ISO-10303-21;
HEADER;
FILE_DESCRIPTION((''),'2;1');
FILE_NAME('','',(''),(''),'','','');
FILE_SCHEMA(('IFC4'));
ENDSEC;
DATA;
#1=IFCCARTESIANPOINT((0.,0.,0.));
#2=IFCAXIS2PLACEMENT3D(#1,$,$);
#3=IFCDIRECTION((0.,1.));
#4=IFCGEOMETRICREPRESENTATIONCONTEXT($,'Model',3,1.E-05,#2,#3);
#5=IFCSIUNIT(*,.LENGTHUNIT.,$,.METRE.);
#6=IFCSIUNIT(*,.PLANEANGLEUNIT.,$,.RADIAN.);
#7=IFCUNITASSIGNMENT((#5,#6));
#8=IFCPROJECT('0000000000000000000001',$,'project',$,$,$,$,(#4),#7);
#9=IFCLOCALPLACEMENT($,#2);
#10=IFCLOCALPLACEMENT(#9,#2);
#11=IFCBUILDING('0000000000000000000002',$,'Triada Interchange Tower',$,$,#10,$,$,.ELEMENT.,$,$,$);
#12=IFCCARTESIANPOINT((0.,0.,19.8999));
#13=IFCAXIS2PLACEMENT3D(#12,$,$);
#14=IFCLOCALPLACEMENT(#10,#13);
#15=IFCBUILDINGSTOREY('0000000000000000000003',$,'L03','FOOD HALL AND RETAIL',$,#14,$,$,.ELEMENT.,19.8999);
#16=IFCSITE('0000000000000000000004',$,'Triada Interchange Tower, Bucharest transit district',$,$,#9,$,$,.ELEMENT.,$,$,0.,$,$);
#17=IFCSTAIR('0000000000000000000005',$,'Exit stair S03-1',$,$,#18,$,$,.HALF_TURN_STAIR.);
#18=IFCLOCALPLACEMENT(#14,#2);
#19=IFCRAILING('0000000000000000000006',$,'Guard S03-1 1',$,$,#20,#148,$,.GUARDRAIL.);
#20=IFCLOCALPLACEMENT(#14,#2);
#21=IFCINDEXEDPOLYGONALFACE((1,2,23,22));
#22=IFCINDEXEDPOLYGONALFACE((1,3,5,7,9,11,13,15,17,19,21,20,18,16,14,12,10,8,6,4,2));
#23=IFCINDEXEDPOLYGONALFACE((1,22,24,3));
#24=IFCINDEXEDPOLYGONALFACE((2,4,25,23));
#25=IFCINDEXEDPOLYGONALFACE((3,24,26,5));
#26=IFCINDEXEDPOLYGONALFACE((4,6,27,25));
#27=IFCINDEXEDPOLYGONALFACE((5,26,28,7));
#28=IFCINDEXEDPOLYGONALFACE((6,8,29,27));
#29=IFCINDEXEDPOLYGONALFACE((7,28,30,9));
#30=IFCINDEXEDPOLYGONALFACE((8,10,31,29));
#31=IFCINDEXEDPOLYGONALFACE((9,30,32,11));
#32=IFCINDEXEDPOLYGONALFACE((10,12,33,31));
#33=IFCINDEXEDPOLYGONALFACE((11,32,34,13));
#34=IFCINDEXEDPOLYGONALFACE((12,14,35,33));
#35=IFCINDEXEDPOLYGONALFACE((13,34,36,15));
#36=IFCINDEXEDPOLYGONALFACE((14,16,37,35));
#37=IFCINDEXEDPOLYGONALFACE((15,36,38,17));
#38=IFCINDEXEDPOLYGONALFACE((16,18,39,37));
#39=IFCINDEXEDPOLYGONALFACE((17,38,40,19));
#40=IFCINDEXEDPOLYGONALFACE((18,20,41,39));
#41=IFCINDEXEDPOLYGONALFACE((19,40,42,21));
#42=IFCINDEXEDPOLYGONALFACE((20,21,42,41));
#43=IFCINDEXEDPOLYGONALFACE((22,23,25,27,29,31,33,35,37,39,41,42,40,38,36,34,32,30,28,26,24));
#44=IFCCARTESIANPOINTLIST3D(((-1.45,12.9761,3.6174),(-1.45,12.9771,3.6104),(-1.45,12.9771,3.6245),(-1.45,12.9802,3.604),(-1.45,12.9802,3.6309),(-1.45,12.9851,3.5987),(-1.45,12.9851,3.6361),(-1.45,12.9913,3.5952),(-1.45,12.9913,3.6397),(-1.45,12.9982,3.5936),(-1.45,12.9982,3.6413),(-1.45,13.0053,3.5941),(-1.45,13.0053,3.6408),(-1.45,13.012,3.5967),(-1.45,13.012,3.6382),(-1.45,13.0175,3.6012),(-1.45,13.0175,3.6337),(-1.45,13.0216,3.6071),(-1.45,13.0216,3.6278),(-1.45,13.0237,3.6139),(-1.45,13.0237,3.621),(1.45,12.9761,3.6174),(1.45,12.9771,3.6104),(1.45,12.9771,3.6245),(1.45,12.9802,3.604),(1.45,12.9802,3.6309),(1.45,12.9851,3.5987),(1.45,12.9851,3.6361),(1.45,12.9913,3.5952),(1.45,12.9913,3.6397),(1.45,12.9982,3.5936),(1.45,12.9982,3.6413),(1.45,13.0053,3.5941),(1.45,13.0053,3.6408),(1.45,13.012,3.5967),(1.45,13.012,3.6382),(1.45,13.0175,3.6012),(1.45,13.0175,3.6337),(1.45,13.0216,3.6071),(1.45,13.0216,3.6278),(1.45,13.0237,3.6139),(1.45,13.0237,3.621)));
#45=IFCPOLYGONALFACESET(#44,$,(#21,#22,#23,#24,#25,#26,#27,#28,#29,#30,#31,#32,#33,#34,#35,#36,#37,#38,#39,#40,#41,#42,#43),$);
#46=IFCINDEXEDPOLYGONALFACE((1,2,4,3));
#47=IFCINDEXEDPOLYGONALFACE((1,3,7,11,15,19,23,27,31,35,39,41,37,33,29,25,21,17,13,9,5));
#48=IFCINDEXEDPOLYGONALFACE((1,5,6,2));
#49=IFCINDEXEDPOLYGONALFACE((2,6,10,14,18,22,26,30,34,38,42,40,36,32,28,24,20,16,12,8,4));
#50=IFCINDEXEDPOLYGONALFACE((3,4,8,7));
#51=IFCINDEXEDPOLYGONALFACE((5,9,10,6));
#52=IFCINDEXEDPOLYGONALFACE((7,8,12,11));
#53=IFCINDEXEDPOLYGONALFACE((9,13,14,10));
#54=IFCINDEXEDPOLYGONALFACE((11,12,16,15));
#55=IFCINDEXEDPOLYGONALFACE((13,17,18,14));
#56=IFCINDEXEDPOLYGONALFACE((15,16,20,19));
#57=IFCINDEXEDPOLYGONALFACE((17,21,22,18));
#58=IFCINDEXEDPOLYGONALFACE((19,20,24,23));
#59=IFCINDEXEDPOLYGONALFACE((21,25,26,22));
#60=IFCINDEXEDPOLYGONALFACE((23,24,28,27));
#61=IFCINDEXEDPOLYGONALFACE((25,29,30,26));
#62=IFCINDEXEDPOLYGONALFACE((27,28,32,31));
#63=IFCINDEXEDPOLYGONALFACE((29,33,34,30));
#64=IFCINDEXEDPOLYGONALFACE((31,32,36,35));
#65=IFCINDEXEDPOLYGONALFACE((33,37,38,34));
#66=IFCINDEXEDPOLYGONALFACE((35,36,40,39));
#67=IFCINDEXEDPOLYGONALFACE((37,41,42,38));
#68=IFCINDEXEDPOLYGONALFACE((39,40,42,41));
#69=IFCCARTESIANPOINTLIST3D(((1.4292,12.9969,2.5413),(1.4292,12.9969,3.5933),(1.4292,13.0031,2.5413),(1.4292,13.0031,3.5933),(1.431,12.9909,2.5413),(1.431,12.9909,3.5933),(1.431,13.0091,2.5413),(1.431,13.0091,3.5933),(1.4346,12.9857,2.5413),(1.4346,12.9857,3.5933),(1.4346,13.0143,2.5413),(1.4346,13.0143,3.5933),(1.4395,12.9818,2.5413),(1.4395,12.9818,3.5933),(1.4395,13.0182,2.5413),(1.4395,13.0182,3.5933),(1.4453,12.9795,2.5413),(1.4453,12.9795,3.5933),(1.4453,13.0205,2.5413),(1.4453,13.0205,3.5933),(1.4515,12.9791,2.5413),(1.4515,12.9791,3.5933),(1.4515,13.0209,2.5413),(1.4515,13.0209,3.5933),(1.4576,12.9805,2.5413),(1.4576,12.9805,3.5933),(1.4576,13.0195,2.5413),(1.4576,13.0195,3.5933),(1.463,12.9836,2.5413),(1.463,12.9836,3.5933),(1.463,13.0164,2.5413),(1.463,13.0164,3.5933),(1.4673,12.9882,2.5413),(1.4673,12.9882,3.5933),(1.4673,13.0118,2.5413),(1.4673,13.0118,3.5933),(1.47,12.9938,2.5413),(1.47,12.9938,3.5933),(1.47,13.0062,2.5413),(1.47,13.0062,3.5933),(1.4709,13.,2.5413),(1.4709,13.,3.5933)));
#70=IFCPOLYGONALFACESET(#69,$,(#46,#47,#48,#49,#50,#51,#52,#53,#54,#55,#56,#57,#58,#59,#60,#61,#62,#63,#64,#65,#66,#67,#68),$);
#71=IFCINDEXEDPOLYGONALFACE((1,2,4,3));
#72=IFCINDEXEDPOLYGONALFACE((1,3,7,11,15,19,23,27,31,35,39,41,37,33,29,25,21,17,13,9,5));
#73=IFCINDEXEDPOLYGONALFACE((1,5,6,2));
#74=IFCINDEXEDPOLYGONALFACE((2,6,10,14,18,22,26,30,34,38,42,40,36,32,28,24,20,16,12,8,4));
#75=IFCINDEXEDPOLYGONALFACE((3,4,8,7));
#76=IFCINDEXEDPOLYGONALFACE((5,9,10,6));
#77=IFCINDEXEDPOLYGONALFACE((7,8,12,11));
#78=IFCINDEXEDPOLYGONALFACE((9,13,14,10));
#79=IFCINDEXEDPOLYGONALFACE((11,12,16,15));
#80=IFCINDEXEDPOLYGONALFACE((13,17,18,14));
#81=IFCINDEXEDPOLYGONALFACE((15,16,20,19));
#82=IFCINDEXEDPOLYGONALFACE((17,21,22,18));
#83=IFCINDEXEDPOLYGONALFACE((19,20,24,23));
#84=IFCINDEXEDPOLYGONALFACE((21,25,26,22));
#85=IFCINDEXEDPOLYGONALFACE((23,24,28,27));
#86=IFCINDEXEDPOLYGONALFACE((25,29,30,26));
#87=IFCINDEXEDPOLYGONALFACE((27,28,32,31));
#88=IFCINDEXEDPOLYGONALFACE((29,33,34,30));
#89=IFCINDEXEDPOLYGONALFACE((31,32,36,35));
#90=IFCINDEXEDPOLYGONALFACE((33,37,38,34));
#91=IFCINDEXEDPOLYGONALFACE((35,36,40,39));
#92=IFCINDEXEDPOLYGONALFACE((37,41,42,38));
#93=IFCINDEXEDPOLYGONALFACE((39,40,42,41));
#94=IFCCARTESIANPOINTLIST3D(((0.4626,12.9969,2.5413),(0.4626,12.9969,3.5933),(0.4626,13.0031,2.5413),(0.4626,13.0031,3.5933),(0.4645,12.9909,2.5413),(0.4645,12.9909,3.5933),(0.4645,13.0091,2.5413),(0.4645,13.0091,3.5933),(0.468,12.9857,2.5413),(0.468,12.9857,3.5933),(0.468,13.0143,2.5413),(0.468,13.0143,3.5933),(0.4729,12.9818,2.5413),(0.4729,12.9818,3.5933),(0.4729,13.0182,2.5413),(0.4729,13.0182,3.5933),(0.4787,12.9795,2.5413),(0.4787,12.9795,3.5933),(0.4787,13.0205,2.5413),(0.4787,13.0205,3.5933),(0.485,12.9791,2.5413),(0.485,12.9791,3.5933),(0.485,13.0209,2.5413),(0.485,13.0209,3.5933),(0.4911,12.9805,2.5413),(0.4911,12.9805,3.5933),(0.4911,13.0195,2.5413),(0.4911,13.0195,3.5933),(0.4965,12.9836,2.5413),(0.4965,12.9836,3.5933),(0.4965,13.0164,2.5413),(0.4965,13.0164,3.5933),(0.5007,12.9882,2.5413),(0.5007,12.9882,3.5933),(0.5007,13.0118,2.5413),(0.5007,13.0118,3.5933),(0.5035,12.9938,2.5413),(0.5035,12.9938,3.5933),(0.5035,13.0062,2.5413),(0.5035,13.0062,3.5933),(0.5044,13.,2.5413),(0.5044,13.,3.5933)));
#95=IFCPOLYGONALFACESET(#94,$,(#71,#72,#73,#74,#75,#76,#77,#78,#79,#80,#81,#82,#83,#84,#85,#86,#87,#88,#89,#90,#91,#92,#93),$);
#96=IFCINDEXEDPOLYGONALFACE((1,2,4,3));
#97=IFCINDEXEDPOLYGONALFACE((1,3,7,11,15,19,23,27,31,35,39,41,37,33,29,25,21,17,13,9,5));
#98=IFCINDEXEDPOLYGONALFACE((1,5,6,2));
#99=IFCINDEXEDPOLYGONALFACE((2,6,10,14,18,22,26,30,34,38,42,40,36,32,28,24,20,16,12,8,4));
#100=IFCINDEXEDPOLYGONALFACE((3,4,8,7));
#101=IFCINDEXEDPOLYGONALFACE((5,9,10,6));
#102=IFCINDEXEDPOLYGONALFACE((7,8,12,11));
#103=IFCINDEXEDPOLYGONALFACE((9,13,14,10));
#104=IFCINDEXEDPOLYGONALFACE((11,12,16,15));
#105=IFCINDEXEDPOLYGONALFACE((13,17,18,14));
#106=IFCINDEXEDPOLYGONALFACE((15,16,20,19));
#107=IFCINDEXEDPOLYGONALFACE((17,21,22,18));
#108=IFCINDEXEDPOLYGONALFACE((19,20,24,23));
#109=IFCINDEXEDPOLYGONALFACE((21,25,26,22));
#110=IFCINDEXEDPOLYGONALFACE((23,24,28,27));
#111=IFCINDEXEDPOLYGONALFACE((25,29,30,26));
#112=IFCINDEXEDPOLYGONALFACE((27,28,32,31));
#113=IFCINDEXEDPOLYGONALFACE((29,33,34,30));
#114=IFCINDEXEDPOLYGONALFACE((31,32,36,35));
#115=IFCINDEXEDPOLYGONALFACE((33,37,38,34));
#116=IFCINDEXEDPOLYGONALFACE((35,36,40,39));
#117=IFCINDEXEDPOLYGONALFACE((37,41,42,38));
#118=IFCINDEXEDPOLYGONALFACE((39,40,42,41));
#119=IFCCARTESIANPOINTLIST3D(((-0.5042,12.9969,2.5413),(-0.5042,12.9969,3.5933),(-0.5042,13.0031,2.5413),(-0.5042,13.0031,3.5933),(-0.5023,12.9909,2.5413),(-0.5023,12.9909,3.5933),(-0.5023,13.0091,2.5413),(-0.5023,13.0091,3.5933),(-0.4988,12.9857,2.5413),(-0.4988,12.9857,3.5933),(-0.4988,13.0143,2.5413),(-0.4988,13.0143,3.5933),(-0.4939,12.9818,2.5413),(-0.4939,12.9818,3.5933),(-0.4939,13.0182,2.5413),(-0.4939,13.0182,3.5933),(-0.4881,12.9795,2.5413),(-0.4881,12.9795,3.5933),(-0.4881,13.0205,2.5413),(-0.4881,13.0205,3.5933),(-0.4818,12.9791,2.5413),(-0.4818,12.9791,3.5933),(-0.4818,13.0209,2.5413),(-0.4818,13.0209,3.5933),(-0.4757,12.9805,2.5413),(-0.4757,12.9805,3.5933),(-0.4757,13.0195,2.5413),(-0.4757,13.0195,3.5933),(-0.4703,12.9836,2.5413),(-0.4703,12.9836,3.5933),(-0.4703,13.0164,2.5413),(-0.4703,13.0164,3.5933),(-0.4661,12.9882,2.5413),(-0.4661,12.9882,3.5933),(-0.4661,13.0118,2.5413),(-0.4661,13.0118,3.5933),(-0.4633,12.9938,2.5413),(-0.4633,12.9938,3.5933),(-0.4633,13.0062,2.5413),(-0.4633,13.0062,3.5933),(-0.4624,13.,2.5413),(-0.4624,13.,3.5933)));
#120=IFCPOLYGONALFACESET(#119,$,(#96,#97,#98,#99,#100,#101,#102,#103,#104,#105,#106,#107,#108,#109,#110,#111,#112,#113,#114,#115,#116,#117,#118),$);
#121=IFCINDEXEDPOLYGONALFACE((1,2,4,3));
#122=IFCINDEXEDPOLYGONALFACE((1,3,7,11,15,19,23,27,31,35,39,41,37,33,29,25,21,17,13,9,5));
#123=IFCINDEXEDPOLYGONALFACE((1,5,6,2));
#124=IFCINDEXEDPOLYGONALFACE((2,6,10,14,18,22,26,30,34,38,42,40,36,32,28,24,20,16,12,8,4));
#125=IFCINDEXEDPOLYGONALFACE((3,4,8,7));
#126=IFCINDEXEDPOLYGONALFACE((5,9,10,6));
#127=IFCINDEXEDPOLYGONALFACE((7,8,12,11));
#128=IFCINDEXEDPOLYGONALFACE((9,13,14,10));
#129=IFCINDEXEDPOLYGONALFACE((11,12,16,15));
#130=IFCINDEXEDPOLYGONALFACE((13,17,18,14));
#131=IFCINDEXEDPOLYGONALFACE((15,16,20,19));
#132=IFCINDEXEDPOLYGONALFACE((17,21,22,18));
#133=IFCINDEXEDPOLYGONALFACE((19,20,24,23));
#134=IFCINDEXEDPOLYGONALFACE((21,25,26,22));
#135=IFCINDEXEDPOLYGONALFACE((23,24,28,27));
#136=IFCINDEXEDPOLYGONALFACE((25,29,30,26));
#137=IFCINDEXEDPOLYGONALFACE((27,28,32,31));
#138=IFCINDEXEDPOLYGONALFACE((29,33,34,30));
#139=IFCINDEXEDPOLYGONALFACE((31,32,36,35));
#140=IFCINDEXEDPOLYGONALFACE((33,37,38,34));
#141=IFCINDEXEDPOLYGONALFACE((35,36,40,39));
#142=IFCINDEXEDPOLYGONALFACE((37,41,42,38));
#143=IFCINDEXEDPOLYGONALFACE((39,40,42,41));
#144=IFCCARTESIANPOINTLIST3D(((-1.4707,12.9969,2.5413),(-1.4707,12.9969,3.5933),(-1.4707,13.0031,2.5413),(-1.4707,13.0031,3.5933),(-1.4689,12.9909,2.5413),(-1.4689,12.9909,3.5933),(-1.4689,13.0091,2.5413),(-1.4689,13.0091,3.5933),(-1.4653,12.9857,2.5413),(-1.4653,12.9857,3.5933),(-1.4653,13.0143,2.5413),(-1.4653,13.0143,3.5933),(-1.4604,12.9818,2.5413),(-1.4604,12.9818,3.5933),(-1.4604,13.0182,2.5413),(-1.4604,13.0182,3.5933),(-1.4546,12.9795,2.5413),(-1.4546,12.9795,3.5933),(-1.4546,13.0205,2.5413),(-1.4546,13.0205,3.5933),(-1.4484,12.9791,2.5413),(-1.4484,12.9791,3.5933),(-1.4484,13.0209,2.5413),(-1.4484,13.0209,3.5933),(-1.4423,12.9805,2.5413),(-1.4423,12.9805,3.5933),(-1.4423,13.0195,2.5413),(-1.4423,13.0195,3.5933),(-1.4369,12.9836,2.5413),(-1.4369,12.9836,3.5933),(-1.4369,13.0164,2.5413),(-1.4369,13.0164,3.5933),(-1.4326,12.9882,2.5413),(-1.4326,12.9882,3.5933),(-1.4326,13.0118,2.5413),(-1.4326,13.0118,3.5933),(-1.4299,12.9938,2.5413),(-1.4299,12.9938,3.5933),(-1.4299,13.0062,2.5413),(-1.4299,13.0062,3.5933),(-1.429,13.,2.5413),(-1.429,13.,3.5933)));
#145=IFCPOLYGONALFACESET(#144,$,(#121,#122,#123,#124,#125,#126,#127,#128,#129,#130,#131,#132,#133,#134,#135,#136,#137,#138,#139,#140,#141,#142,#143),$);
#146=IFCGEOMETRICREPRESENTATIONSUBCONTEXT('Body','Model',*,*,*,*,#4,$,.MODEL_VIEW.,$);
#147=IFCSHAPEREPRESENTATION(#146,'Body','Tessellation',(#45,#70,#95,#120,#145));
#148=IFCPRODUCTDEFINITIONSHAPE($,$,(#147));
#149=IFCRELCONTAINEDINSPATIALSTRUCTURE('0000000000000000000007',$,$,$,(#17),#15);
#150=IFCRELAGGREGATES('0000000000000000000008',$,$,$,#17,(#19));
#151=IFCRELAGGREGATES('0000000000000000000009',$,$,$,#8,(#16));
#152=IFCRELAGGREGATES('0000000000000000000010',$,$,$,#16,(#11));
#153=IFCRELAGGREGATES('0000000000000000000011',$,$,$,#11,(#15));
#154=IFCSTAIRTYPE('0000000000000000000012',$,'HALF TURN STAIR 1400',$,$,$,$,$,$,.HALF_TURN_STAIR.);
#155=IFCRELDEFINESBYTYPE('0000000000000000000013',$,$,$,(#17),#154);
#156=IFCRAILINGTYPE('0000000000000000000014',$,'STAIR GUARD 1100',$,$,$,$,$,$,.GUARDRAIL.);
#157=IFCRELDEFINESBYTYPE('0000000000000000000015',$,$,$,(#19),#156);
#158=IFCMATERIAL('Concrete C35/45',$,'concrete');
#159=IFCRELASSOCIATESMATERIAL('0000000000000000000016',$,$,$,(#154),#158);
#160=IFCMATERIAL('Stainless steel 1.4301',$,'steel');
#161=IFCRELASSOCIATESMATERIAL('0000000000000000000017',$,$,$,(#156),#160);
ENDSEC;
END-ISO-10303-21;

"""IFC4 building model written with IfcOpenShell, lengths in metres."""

from ifc_helpers import new_model, si_unit, direction, frame, origin, origin_2d, place, context, subcontext, project, spatial, circle, extrude, material, type_object, element, aggregate, save


model = new_model("IFC4")

# Units and contexts
model_context = context("Model", 3, precision=1e-05, world=origin(), true_north=direction((0.0, 1.0)))
body_context = subcontext(model_context, "Body", "Model", "MODEL_VIEW")
ifc_project = project(units=[si_unit("LENGTHUNIT", "METRE"), si_unit("PLANEANGLEUNIT", "RADIAN")], contexts=[model_context])

# Site, building, storey
site_placement = place(None, origin())
site = spatial("IfcSite", under=ifc_project, at=site_placement, Name="Triada Interchange Tower, Bucharest transit district", CompositionType="ELEMENT", RefElevation=0.0)
building_placement = place(site_placement, origin())
building = spatial("IfcBuilding", under=site, at=building_placement, Name="Triada Interchange Tower", CompositionType="ELEMENT")
storey_placement = place(building_placement, frame((0.0, 0.0, 19.8999)))
storey = spatial("IfcBuildingStorey", under=building, at=storey_placement, Name="L03", Description="FOOD HALL AND RETAIL", CompositionType="ELEMENT", Elevation=19.8999)

# Shared definitions
ifc_material_1 = material(Name="Concrete C35/45", Category="concrete")

# Stair, railing
stair_type = type_object("IfcStairType", Name="HALF TURN STAIR 1400", PredefinedType="HALF_TURN_STAIR", material=ifc_material_1)
stair_placement = place(storey_placement, origin())
stair = element("IfcStair", 1, at=stair_placement, inside=storey, type_object=stair_type, Name="Exit stair S03-1", PredefinedType="HALF_TURN_STAIR")
ifc_material_2 = material(Name="Stainless steel 1.4301", Category="steel")
railing_type_1 = type_object("IfcRailingType", Name="STAIR GUARD 1100", PredefinedType="GUARDRAIL", material=ifc_material_2)
railing_1_placement = place(storey_placement, frame((1.45, 13.0, 2.5413)))
railing_1 = element("IfcRailing", 2, at=railing_1_placement, type_object=railing_type_1, Name="Guard S03-1 1", PredefinedType="GUARDRAIL", context=body_context, shape_type="SweptSolid", body=[
    extrude(circle(Radius=0.0239, at=origin_2d()), frame((0.0, 0.0, 1.0762), z_axis=(-1.0, 0.0, 0.0), x_axis=(0.0, -1.0, 0.0)), (0.0, 0.0, 1.0), 2.8999),
    extrude(circle(Radius=0.021, at=origin_2d()), origin(), (0.0, 0.0, 1.0), 1.052),
    extrude(circle(Radius=0.021, at=origin_2d()), frame((-0.9666, 0.0, 0.0)), (0.0, 0.0, 1.0), 1.052),
    extrude(circle(Radius=0.021, at=origin_2d()), frame((-1.9333, 0.0, 0.0)), (0.0, 0.0, 1.0), 1.052),
    extrude(circle(Radius=0.021, at=origin_2d()), frame((-2.8999, 0.0, 0.0)), (0.0, 0.0, 1.0), 1.052),
])
aggregate(stair, [railing_1])

save(model, "model.ifc")
